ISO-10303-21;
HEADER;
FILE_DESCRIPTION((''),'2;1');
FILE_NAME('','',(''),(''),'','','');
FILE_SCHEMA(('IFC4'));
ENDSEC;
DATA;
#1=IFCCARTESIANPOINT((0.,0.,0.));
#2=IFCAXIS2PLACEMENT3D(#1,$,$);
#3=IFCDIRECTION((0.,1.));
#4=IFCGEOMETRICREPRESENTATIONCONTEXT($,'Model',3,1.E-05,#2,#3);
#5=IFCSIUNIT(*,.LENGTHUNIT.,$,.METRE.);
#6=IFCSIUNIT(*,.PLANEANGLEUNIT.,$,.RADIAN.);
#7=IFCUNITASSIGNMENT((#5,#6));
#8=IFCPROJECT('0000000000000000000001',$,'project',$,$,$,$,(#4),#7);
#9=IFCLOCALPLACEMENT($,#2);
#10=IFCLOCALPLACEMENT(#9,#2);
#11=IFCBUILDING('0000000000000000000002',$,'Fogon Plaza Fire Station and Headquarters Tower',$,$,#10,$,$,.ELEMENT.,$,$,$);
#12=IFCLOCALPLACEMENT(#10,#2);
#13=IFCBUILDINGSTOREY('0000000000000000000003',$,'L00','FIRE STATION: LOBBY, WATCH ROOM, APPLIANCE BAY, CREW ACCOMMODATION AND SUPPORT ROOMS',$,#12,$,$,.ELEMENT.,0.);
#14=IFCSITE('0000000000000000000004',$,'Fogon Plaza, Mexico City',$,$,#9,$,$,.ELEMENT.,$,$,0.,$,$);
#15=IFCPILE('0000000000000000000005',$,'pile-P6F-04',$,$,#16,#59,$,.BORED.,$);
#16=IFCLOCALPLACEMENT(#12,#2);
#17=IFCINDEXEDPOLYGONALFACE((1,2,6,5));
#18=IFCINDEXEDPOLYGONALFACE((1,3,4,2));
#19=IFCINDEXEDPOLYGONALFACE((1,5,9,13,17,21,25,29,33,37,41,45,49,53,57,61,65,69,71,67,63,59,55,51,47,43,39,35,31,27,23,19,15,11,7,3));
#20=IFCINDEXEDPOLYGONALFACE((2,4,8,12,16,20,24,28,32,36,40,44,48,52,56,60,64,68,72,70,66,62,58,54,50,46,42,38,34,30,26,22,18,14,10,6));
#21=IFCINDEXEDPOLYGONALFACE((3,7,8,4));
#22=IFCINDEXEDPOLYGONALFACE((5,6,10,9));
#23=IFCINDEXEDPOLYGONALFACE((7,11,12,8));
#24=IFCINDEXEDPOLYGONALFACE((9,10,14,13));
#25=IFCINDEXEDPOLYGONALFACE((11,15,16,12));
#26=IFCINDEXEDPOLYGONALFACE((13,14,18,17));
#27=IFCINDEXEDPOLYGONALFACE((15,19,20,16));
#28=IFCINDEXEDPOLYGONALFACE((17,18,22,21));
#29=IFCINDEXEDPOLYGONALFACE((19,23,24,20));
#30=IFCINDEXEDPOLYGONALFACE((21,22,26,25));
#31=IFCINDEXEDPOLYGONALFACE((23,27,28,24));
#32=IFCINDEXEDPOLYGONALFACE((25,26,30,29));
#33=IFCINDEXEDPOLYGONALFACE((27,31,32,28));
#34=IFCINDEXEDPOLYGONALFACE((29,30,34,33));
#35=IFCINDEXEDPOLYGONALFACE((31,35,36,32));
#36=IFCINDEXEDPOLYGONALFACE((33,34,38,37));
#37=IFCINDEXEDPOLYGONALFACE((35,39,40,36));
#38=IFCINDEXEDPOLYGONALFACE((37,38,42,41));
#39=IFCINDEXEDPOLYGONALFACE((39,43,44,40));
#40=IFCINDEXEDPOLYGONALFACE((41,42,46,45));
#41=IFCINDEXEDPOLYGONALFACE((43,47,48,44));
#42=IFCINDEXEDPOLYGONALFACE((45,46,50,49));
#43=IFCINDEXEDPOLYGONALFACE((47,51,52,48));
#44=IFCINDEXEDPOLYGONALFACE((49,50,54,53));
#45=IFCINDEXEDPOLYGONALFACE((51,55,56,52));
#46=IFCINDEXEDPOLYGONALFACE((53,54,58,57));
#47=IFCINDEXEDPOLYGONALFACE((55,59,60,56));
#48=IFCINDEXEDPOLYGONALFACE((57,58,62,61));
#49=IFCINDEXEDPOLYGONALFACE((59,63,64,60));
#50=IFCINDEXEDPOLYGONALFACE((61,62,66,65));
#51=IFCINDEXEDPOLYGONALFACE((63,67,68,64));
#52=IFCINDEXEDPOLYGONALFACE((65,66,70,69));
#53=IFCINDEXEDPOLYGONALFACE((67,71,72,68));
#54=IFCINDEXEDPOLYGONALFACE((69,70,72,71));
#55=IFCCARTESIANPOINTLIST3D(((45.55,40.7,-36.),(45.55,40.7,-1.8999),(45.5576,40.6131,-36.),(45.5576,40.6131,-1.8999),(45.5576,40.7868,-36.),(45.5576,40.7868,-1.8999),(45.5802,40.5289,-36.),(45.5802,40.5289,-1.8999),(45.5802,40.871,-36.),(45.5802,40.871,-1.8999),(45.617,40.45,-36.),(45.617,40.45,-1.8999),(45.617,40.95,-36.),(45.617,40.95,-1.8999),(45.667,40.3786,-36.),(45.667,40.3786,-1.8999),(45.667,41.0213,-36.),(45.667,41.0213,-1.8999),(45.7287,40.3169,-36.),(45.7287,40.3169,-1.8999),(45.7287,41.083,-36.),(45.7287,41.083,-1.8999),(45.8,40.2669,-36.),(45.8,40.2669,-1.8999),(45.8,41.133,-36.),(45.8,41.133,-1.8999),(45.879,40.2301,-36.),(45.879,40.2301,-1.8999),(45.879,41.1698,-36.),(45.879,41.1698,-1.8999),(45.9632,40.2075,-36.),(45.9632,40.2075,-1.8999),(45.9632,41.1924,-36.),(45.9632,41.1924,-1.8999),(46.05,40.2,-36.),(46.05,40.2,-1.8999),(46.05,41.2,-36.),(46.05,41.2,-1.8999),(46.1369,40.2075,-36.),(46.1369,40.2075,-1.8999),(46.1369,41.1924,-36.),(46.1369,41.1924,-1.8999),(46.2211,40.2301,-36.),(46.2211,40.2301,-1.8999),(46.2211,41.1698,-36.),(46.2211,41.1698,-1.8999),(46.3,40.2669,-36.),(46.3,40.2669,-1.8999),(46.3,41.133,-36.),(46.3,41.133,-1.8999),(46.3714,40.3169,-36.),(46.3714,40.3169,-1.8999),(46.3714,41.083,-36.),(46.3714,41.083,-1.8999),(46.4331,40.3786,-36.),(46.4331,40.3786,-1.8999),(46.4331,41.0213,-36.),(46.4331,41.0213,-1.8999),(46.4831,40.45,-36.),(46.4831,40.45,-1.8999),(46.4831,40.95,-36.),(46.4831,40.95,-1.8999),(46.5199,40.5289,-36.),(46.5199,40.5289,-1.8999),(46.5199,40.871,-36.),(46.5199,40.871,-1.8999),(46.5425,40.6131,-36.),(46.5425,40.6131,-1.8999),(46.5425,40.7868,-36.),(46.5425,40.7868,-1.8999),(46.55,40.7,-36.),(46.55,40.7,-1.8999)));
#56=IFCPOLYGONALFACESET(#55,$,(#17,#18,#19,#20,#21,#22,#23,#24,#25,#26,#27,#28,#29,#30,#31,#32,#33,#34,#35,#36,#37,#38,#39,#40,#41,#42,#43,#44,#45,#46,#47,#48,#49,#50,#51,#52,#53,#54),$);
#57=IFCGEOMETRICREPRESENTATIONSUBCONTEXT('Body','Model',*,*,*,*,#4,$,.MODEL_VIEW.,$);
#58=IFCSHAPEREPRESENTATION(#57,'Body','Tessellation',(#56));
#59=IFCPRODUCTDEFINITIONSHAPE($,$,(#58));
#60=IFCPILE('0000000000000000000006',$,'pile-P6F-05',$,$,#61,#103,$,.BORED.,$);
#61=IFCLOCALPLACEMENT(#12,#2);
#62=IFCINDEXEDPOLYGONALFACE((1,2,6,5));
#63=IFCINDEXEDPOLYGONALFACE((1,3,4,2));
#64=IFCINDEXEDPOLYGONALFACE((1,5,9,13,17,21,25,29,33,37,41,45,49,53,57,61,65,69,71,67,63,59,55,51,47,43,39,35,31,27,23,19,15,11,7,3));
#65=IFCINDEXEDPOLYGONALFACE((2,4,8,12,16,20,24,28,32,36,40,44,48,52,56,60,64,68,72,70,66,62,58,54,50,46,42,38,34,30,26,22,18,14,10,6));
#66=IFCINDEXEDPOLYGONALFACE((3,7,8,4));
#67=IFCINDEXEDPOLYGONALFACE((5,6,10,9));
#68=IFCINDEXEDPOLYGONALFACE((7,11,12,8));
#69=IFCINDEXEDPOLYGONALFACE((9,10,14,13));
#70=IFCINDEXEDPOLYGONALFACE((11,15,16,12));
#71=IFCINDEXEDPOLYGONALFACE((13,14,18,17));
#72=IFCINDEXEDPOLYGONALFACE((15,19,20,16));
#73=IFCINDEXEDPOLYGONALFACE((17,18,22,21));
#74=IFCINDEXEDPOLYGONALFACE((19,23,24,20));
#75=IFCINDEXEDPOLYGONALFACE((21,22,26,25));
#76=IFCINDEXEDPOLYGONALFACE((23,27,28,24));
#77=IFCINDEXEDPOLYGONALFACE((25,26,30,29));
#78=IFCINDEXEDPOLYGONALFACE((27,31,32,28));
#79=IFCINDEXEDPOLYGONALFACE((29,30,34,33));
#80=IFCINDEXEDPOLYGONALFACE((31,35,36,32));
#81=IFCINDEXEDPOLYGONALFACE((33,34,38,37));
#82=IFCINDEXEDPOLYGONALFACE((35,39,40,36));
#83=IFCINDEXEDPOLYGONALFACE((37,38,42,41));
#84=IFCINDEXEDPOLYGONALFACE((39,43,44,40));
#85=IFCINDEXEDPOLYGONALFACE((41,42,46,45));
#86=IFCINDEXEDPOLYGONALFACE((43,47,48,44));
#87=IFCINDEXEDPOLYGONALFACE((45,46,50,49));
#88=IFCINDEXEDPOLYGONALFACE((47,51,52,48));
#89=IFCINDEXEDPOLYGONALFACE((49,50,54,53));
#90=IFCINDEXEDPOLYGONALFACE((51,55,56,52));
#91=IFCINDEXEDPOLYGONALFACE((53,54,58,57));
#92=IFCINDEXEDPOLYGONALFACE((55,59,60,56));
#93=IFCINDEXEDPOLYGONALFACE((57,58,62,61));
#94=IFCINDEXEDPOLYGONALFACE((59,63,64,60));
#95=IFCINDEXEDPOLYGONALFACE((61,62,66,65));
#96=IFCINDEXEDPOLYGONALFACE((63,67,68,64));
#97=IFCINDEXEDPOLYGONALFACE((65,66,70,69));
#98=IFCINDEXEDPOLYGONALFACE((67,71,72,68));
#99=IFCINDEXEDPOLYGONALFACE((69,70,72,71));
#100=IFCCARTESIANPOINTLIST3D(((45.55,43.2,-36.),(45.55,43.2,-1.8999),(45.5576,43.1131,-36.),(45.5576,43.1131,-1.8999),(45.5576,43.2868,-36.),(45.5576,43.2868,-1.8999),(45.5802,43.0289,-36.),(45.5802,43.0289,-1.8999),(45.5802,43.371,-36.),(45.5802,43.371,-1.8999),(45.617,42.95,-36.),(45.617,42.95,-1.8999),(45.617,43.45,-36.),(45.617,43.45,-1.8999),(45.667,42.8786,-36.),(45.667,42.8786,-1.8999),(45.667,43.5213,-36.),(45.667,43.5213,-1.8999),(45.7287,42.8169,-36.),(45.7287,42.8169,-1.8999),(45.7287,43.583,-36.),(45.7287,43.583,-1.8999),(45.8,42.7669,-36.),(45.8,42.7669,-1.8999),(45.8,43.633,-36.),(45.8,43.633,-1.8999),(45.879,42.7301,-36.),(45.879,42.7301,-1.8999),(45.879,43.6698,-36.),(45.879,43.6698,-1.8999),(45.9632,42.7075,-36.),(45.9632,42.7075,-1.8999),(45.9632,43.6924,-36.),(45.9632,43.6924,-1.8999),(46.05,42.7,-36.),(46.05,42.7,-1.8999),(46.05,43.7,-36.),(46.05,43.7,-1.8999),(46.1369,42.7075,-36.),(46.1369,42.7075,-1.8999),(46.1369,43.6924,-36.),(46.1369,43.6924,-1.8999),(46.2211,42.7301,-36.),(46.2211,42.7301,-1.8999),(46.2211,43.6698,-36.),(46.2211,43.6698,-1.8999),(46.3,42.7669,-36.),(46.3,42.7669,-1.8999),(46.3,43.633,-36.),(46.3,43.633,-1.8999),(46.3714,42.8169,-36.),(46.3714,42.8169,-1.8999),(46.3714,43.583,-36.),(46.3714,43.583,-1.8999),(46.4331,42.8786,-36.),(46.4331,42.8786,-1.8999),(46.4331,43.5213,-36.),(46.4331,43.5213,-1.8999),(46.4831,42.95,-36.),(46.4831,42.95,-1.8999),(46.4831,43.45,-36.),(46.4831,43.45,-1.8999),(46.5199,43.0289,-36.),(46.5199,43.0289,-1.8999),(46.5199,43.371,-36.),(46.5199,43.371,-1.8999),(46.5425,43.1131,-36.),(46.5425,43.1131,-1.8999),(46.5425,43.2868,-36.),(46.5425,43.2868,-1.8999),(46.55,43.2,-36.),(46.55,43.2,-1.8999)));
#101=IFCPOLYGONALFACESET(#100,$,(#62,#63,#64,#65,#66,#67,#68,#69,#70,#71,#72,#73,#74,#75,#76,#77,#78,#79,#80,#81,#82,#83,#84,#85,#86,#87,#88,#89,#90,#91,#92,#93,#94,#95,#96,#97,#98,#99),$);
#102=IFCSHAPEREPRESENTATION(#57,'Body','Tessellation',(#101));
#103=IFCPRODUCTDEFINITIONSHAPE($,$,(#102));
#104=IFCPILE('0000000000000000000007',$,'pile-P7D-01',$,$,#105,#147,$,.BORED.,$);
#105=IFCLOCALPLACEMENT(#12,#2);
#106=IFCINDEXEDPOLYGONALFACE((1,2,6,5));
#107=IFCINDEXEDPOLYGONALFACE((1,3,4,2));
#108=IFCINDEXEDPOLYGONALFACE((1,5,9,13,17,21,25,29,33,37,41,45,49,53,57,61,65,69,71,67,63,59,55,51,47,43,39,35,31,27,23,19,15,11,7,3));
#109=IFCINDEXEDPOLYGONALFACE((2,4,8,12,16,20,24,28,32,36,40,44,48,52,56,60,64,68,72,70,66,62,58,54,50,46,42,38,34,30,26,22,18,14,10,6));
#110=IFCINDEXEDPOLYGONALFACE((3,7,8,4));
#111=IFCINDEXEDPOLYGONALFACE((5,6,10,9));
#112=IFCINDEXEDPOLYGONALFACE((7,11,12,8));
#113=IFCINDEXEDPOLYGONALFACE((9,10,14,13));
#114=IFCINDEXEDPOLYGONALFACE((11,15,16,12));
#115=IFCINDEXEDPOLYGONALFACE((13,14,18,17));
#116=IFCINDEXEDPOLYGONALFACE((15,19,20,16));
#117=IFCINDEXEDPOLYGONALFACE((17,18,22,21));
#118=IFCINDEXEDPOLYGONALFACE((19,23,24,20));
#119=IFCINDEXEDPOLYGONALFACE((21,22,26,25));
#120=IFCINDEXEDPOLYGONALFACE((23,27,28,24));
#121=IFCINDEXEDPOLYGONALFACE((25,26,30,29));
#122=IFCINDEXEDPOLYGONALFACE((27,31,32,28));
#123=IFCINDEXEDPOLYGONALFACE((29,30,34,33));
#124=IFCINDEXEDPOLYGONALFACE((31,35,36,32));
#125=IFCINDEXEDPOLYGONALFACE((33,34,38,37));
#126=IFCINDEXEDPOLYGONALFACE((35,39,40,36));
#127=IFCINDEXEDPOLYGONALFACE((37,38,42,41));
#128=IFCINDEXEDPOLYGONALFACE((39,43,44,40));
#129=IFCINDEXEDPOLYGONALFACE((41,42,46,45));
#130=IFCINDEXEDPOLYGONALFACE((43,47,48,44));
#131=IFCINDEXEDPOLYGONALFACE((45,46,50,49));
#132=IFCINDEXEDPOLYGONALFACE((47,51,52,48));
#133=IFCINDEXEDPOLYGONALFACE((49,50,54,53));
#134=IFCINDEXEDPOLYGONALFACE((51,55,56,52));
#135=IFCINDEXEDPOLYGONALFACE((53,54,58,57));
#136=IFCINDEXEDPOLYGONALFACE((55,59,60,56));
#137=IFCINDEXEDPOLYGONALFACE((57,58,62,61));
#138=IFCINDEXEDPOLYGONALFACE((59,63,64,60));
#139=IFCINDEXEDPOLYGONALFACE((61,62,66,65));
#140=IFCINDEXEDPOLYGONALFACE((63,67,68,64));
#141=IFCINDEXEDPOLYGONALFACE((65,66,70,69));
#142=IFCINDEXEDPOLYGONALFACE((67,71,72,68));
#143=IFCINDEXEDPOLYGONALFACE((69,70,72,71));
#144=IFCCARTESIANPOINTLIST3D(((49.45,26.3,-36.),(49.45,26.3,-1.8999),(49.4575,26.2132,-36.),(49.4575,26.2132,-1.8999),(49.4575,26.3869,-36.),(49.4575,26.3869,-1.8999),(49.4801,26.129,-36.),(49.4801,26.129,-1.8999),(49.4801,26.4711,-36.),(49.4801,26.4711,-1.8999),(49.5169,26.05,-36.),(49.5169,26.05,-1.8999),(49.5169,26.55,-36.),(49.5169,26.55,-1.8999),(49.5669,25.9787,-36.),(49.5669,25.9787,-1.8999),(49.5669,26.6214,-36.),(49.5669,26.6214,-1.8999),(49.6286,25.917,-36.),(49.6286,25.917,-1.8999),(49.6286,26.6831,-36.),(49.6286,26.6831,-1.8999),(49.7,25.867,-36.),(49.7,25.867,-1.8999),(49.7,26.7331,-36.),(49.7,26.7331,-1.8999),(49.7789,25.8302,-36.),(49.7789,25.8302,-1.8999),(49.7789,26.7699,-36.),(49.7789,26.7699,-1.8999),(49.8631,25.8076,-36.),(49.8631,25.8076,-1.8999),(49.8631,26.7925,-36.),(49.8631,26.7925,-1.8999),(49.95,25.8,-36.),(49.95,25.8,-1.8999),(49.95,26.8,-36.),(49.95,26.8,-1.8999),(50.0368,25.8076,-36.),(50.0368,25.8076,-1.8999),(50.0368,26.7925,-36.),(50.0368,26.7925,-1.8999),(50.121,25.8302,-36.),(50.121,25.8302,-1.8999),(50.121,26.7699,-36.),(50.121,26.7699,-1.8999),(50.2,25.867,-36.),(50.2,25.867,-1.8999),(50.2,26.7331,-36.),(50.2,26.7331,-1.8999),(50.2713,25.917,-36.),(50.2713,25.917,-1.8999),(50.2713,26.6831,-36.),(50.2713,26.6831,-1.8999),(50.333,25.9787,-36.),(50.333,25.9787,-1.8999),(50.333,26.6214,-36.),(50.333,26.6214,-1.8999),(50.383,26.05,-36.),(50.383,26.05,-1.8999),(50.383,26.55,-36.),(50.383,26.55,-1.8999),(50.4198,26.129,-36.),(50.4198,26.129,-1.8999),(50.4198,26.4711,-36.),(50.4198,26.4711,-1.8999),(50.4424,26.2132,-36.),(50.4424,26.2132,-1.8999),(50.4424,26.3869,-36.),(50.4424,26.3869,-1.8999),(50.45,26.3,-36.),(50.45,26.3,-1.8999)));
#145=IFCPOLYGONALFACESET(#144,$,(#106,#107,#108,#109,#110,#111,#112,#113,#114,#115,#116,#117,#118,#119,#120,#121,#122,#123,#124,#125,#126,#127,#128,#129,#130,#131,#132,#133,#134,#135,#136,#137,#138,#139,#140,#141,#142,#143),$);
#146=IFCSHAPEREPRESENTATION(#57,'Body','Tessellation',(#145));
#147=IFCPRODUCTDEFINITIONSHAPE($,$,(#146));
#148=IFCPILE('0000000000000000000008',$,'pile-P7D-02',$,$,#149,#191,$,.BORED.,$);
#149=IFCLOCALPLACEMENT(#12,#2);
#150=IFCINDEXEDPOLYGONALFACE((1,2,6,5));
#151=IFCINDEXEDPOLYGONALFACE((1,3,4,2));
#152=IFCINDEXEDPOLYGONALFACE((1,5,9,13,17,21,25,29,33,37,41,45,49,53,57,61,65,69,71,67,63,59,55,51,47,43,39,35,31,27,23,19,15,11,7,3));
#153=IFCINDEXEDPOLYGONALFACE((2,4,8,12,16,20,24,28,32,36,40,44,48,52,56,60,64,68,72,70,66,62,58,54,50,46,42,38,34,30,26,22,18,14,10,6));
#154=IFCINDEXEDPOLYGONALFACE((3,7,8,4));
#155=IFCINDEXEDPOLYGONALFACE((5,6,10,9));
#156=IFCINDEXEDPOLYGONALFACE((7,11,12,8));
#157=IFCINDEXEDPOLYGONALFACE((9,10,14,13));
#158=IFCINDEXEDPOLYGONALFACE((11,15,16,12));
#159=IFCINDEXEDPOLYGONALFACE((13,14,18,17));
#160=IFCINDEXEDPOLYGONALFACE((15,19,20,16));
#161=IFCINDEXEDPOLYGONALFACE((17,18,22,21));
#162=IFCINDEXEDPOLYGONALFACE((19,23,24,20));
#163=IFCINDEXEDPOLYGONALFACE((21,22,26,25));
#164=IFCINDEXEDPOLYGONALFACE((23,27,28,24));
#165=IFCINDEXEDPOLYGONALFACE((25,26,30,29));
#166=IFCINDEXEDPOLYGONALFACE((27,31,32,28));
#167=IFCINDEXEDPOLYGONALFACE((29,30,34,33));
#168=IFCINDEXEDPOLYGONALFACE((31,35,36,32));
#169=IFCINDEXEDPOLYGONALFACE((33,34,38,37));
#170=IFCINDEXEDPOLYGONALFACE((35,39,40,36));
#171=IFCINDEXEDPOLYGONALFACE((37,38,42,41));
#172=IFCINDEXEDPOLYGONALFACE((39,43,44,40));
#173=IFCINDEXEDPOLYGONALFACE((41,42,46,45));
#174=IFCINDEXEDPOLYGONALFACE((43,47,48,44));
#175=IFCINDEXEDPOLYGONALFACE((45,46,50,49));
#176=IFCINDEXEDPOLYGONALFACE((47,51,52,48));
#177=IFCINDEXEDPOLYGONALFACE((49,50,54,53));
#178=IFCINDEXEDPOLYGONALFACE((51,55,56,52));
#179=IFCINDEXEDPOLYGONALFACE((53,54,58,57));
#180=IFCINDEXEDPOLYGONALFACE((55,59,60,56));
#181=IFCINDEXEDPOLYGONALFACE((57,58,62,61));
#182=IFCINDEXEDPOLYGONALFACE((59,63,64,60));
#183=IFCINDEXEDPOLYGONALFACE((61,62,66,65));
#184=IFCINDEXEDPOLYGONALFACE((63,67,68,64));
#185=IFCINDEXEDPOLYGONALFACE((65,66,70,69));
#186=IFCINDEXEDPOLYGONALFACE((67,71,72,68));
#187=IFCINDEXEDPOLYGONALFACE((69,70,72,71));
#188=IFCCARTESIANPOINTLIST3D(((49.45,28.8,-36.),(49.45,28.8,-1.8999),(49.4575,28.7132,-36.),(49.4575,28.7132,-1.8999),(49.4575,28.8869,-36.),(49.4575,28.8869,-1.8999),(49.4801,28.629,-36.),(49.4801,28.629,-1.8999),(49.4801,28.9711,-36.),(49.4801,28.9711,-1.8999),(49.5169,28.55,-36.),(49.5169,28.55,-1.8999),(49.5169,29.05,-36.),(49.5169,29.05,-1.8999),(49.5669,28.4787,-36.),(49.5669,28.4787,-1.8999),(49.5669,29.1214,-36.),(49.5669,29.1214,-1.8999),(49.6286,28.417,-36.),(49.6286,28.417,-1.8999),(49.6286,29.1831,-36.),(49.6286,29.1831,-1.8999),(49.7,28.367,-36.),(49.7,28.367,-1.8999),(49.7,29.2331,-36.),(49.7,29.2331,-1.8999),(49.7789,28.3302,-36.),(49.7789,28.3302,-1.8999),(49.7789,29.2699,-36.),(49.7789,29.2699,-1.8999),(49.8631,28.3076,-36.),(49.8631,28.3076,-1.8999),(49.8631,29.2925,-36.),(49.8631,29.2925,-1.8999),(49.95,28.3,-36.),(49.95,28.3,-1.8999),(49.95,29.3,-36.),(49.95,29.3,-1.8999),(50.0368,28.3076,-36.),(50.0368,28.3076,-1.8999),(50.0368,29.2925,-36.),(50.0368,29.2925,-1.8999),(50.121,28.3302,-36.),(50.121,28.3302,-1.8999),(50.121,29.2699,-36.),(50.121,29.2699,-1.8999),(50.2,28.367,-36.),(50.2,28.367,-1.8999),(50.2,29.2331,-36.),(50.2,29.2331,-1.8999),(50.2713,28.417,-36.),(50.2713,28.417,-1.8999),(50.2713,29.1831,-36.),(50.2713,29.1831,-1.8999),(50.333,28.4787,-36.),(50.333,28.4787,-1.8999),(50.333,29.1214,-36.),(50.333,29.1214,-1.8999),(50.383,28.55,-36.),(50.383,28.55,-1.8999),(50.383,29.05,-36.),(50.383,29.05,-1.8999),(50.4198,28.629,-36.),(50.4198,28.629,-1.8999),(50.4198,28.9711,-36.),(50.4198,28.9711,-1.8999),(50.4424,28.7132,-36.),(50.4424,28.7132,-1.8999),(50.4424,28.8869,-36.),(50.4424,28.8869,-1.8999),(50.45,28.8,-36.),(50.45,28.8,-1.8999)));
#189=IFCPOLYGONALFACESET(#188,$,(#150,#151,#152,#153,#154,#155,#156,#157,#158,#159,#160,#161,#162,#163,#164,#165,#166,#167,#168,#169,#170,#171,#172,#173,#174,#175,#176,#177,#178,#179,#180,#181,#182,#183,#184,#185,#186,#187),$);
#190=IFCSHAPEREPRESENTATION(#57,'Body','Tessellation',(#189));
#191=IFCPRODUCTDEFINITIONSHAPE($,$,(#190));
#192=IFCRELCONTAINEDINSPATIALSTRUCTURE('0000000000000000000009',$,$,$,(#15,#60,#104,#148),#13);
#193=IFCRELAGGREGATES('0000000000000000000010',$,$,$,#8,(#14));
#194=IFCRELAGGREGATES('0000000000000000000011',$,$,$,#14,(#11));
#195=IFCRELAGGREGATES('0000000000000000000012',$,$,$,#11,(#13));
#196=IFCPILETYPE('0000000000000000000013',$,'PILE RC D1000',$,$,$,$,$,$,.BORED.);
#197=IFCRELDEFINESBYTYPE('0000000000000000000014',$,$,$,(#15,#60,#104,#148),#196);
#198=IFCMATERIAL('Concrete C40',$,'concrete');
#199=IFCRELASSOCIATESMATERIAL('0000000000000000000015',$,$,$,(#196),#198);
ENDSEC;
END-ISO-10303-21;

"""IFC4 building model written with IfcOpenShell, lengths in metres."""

from ifc_helpers import new_model, si_unit, direction, frame, origin, origin_2d, place, context, subcontext, project, spatial, circle, extrude, material, material_profile, profile_set, type_object, element, save


model = new_model("IFC4")

# Units and contexts
model_context = context("Model", 3, precision=1e-05, world=origin(), true_north=direction((0.0, 1.0)))
body_context = subcontext(model_context, "Body", "Model", "MODEL_VIEW")
ifc_project = project(units=[si_unit("LENGTHUNIT", "METRE"), si_unit("PLANEANGLEUNIT", "RADIAN")], contexts=[model_context])

# Site, building, storey
site_placement = place(None, origin())
site = spatial("IfcSite", under=ifc_project, at=site_placement, Name="Fogon Plaza, Mexico City", CompositionType="ELEMENT", RefElevation=0.0)
building_placement = place(site_placement, origin())
building = spatial("IfcBuilding", under=site, at=building_placement, Name="Fogon Plaza Fire Station and Headquarters Tower", CompositionType="ELEMENT")
storey_placement = place(building_placement, origin())
storey = spatial("IfcBuildingStorey", under=building, at=storey_placement, Name="L00", Description="FIRE STATION: LOBBY, WATCH ROOM, APPLIANCE BAY, CREW ACCOMMODATION AND SUPPORT ROOMS", CompositionType="ELEMENT", Elevation=0.0)

# Piles
ifc_material_1 = material(Name="Concrete C40", Category="concrete")
ifc_material_profile_1 = material_profile(ifc_material_1, circle(Radius=0.5, at=origin_2d()), Name="RC D1000")
ifc_profile_set_1 = profile_set([ifc_material_profile_1], Name="Concrete C40")
pile_type = type_object("IfcPileType", Name="PILE RC D1000", PredefinedType="BORED", material=ifc_profile_set_1)
for number, where, z_axis, x_axis, name in (
    (1, (46.05, 40.7, -1.8999), (0.0, 0.0, -1.0), (1.0, 0.0, 0.0), "pile-P6F-04"),
    (2, (46.05, 43.2, -1.8999), (0.0, 0.0, -1.0), (1.0, 0.0, 0.0), "pile-P6F-05"),
    (3, (49.95, 26.3, -1.8999), (0.0, 0.0, -1.0), (1.0, 0.0, 0.0), "pile-P7D-01"),
    (4, (49.95, 28.8, -1.8999), (0.0, 0.0, -1.0), (1.0, 0.0, 0.0), "pile-P7D-02"),
):
    element("IfcPile", number, at=place(storey_placement, frame(where, z_axis=z_axis, x_axis=x_axis)), inside=storey, type_object=pile_type, Name=name, PredefinedType="BORED", context=body_context, shape_type="SweptSolid", body=[
        extrude(circle(Radius=0.5, at=origin_2d()), origin(), (0.0, 0.0, 1.0), 34.1001),
    ])

save(model, "model.ifc")
